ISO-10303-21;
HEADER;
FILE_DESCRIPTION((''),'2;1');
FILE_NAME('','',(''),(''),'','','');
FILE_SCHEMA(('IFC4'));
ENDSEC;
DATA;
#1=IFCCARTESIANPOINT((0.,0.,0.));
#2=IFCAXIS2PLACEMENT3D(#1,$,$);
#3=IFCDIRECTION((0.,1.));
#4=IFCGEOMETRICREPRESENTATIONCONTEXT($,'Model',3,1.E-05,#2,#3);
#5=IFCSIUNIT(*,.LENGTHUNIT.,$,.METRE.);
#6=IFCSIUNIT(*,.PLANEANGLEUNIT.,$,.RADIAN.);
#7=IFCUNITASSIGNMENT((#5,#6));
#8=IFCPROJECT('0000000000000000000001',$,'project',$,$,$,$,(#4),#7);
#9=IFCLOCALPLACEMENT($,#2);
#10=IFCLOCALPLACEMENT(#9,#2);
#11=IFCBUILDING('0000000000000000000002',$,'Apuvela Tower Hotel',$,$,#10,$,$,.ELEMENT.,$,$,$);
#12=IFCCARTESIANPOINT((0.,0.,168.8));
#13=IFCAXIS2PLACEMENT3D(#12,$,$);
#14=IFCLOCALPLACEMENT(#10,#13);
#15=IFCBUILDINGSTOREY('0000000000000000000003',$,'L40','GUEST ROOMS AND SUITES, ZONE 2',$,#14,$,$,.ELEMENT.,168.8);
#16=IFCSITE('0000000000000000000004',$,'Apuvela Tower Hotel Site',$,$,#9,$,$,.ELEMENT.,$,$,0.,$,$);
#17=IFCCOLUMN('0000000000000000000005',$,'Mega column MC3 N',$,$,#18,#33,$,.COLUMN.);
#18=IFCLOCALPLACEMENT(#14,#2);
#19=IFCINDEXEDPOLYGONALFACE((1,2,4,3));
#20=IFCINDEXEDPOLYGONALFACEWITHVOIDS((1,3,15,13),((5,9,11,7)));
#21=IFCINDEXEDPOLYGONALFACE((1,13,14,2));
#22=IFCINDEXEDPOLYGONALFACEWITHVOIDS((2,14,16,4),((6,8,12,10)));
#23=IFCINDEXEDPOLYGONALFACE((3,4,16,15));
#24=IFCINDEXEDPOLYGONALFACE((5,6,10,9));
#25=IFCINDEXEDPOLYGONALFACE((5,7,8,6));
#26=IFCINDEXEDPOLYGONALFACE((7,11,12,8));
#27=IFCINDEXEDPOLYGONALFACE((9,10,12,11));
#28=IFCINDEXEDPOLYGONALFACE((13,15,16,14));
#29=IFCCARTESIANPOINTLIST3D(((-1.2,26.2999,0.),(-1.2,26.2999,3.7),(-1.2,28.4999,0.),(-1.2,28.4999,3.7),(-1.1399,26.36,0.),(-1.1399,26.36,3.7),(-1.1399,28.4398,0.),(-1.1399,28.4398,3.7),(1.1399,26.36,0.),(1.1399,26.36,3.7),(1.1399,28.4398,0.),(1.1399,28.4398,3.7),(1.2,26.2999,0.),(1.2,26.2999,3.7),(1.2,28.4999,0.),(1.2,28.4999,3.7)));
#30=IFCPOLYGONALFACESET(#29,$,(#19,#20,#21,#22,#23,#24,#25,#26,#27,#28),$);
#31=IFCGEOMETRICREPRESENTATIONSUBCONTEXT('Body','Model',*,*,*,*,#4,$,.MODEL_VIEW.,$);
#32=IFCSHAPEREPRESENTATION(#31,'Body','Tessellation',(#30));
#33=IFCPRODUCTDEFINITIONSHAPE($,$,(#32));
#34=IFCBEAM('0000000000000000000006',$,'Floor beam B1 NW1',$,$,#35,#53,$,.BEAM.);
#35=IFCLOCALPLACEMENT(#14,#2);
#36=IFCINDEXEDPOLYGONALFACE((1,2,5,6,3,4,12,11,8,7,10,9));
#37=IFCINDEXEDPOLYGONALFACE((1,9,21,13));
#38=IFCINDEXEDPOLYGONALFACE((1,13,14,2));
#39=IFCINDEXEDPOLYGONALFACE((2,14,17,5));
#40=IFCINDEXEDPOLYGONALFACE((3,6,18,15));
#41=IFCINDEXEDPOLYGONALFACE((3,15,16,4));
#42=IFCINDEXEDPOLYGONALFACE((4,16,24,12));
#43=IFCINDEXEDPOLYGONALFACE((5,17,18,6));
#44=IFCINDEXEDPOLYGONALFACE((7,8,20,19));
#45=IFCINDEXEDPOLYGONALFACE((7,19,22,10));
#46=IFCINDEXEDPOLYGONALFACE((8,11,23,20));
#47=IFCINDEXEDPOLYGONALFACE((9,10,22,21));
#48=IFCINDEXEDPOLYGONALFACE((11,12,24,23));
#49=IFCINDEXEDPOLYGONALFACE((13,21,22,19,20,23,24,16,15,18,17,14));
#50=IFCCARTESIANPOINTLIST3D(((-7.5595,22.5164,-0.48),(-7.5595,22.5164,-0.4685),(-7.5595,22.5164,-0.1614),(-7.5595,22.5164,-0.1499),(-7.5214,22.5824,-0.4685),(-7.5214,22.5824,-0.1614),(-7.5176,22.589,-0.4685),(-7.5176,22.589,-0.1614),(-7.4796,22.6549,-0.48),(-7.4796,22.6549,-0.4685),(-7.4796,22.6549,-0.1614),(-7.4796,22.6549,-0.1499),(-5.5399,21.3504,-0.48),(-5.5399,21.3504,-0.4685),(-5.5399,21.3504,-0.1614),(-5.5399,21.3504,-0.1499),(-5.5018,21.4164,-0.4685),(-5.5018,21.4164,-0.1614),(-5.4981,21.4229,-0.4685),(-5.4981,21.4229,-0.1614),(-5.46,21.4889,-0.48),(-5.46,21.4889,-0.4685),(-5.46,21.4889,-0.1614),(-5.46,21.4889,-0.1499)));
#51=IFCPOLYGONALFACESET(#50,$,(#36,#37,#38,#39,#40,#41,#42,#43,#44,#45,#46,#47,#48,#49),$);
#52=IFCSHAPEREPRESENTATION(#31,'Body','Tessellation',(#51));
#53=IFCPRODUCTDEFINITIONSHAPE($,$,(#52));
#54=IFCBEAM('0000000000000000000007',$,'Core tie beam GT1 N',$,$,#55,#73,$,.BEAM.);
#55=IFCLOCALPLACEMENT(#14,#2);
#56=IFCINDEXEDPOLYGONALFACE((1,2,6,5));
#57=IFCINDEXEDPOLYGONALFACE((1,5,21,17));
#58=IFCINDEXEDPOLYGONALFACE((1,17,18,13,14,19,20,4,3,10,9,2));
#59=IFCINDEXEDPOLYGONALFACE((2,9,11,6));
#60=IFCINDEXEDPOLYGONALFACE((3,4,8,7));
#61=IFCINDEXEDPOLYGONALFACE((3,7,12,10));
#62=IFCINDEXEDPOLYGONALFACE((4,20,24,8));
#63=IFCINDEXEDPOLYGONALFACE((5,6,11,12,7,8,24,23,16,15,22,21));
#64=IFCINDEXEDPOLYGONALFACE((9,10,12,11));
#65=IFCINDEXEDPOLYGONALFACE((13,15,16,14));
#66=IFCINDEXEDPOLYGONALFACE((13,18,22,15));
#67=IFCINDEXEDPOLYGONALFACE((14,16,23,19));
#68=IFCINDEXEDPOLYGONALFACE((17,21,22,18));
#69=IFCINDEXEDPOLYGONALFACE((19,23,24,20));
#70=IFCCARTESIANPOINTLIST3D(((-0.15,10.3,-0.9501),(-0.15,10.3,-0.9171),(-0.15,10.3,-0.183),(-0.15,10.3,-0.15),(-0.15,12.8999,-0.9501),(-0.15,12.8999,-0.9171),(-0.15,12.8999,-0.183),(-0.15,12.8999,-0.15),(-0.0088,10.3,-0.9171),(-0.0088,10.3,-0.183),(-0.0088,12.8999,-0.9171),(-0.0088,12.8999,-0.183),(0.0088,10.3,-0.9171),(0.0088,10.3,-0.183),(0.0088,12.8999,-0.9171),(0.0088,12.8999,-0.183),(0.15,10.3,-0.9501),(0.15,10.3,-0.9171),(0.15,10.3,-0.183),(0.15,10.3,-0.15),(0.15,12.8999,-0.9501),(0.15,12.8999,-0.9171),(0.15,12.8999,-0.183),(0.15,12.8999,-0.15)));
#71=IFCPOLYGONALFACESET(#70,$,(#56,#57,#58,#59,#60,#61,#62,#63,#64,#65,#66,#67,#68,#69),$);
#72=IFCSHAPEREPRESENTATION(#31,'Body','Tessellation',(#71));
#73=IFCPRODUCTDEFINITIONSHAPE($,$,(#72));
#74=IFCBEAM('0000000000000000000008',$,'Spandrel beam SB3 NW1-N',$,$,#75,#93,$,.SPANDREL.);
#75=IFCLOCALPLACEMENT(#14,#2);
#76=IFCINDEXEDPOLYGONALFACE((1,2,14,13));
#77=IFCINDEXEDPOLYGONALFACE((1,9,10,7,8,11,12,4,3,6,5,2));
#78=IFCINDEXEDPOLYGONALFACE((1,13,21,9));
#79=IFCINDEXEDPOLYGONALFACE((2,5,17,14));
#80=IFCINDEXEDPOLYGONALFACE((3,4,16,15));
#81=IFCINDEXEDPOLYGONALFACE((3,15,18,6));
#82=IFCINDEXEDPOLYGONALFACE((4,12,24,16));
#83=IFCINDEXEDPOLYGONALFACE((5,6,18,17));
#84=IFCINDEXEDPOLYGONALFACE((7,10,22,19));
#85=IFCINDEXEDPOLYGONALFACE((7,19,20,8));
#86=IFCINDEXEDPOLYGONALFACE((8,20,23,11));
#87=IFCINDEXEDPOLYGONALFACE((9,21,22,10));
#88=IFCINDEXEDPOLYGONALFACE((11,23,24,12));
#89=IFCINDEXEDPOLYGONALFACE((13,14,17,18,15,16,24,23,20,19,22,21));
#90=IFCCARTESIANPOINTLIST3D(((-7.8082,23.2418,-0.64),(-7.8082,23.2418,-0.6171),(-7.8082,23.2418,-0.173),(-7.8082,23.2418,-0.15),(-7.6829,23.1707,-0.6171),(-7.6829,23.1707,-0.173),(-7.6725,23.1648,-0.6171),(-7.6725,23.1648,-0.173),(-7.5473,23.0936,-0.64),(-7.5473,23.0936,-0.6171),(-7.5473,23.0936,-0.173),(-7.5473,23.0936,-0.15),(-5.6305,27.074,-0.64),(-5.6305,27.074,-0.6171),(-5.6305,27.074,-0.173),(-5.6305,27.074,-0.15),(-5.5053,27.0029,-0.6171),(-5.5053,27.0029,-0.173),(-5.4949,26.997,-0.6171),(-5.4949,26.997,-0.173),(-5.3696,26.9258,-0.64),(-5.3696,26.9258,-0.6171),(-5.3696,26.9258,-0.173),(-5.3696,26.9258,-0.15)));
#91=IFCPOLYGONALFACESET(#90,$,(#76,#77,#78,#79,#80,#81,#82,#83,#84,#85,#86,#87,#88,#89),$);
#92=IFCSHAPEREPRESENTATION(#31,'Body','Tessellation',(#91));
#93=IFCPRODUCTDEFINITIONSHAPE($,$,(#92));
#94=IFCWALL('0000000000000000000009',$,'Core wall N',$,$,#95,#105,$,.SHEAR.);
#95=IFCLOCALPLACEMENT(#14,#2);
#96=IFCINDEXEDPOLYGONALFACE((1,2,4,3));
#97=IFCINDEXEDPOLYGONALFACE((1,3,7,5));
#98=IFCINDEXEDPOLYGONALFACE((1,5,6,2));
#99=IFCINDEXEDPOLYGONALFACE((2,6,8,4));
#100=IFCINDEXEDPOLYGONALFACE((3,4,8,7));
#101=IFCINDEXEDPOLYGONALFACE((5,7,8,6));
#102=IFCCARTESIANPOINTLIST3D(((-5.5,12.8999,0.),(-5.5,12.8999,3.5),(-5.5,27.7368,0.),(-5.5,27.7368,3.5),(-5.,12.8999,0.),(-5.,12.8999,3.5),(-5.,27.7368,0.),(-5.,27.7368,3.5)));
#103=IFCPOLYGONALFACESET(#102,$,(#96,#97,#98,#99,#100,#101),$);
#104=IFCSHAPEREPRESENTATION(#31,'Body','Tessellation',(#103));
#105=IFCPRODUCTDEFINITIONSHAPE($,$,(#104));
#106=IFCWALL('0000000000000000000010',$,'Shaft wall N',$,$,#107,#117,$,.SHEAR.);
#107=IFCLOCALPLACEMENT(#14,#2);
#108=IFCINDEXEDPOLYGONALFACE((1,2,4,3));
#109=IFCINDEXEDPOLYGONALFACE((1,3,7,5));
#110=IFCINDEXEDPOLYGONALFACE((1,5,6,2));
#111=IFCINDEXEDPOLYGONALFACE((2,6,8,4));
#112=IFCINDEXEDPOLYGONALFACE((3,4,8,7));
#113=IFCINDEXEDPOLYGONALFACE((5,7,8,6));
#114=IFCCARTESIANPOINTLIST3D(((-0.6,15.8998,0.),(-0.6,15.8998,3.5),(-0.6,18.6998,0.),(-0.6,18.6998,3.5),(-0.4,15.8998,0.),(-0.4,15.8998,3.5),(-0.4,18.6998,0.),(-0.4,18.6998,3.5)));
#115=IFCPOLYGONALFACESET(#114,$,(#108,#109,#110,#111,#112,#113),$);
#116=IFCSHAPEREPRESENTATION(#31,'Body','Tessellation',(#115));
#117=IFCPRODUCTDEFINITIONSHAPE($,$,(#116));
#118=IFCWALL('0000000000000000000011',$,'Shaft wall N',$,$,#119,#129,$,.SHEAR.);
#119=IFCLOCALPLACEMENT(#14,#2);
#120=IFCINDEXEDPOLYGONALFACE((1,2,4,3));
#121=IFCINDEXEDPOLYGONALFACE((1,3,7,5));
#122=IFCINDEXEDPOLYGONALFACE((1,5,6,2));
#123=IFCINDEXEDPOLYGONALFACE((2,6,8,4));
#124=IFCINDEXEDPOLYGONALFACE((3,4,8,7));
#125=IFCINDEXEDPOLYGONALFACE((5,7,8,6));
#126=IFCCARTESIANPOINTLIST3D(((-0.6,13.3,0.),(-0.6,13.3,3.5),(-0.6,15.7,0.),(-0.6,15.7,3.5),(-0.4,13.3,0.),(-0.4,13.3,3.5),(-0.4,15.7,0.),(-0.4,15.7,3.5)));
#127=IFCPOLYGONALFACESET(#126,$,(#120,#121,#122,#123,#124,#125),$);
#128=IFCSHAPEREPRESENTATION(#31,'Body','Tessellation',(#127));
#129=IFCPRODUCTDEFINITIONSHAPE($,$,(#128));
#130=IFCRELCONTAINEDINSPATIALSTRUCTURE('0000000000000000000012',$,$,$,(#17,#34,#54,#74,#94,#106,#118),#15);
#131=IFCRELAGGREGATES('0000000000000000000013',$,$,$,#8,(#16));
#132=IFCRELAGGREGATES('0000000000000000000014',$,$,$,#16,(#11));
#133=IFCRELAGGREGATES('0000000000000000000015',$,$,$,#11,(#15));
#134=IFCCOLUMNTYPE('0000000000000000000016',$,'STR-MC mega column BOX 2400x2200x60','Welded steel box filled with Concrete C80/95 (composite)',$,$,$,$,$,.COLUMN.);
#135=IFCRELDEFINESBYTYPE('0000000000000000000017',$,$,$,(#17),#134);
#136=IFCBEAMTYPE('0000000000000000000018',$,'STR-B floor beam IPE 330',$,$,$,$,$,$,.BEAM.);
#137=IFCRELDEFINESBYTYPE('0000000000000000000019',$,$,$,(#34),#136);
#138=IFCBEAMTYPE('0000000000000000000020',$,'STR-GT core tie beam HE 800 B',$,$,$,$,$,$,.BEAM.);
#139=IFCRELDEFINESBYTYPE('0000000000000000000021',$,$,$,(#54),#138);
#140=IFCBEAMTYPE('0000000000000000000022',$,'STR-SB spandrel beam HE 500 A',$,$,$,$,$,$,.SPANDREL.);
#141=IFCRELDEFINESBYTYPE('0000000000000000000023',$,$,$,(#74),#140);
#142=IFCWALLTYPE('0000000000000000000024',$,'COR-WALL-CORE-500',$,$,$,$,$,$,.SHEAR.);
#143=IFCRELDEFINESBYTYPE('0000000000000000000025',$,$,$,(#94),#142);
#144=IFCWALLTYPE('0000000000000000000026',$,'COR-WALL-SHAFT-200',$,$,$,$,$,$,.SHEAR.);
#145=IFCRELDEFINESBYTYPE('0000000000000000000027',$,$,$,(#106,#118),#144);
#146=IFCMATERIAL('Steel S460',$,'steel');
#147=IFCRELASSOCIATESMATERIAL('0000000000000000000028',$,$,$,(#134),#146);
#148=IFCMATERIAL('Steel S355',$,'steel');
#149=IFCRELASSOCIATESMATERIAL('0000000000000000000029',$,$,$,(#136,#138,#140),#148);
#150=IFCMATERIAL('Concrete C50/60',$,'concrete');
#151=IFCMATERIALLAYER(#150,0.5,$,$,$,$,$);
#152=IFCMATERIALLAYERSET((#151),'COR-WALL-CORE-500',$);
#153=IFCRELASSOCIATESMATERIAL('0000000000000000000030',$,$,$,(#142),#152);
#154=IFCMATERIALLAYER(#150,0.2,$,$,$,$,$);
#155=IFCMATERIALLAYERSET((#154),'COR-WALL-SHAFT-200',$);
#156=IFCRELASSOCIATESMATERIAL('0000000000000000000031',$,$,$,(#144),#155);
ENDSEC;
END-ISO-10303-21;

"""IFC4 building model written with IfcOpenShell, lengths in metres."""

from ifc_helpers import new_model, si_unit, direction, frame, frame_2d, origin, origin_2d, place, context, subcontext, project, spatial, rectangle, hollow_rectangle, i_section, extrude, material, layer, layer_set, material_profile, profile_set, type_object, element, save


model = new_model("IFC4")

# Units and contexts
model_context = context("Model", 3, precision=1e-05, world=origin(), true_north=direction((0.0, 1.0)))
body_context = subcontext(model_context, "Body", "Model", "MODEL_VIEW")
ifc_project = project(units=[si_unit("LENGTHUNIT", "METRE"), si_unit("PLANEANGLEUNIT", "RADIAN")], contexts=[model_context])

# Site, building, storey
site_placement = place(None, origin())
site = spatial("IfcSite", under=ifc_project, at=site_placement, Name="Apuvela Tower Hotel Site", CompositionType="ELEMENT", RefElevation=0.0)
building_placement = place(site_placement, origin())
building = spatial("IfcBuilding", under=site, at=building_placement, Name="Apuvela Tower Hotel", CompositionType="ELEMENT")
storey_placement = place(building_placement, frame((0.0, 0.0, 168.8)))
storey = spatial("IfcBuildingStorey", under=building, at=storey_placement, Name="L40", Description="GUEST ROOMS AND SUITES, ZONE 2", CompositionType="ELEMENT", Elevation=168.8)

# Column
ifc_material_1 = material(Name="Steel S460", Category="steel")
ifc_material_profile_1 = material_profile(ifc_material_1, hollow_rectangle(XDim=2.3999, YDim=2.2, WallThickness=0.0601, at=origin_2d()), Name="BOX 2400x2200x60")
ifc_material_2 = material(Name="Concrete C80/95", Category="concrete")
ifc_material_profile_2 = material_profile(ifc_material_2, rectangle(XDim=2.28, YDim=2.0801, at=origin_2d()), Name="Concrete C80/95 infill")
ifc_profile_set_1 = profile_set([ifc_material_profile_1, ifc_material_profile_2], Name="Steel S460")
column_type = type_object("IfcColumnType", Name="STR-MC mega column BOX 2400x2200x60", Description="Welded steel box filled with Concrete C80/95 (composite)", PredefinedType="COLUMN", material=ifc_profile_set_1)
column_placement = place(storey_placement, frame((0.0, 27.3999, 0.0), z_axis=(0.0, 0.0, 1.0), x_axis=(1.0, 0.0, 0.0)))
element("IfcColumn", 1, at=column_placement, inside=storey, type_object=column_type, Name="Mega column MC3 N", PredefinedType="COLUMN", context=body_context, shape_type="SweptSolid", body=[
    extrude(hollow_rectangle(XDim=2.3999, YDim=2.2, WallThickness=0.0601, at=origin_2d()), origin(), (0.0, 0.0, 1.0), 3.7),
])

# Beams
ifc_material_3 = material(Name="Steel S355", Category="steel")
ifc_material_profile_3 = material_profile(ifc_material_3, i_section(OverallWidth=0.1599, OverallDepth=0.3301, WebThickness=0.0076, FlangeThickness=0.0115, at=origin_2d()), Name="IPE 330")
ifc_profile_set_2 = profile_set([ifc_material_profile_3], Name="Steel S355")
beam_type_1 = type_object("IfcBeamType", Name="STR-B floor beam IPE 330", PredefinedType="BEAM", material=ifc_profile_set_2)
beam_1_placement = place(storey_placement, frame((-7.5195, 22.5857, -0.3149), z_axis=(0.866018, -0.500012, 0.0), x_axis=(0.500012, 0.866018, 0.0)))
element("IfcBeam", 2, at=beam_1_placement, inside=storey, type_object=beam_type_1, Name="Floor beam B1 NW1", PredefinedType="BEAM", context=body_context, shape_type="SweptSolid", body=[
    extrude(i_section(OverallWidth=0.1599, OverallDepth=0.3301, WebThickness=0.0076, FlangeThickness=0.0115, at=origin_2d()), origin(), (0.0, 0.0, 1.0), 2.332),
])
ifc_material_profile_4 = material_profile(ifc_material_3, i_section(OverallWidth=0.3, OverallDepth=0.8, WebThickness=0.0176, FlangeThickness=0.033, at=origin_2d()), Name="HE 800 B")
ifc_profile_set_3 = profile_set([ifc_material_profile_4], Name="Steel S355")
beam_type_2 = type_object("IfcBeamType", Name="STR-GT core tie beam HE 800 B", PredefinedType="BEAM", material=ifc_profile_set_3)
beam_2_placement = place(storey_placement, frame((0.0, 12.8999, -0.55), z_axis=(0.0, -1.0, 0.0), x_axis=(1.0, 0.0, 0.0)))
element("IfcBeam", 3, at=beam_2_placement, inside=storey, type_object=beam_type_2, Name="Core tie beam GT1 N", PredefinedType="BEAM", context=body_context, shape_type="SweptSolid", body=[
    extrude(i_section(OverallWidth=0.3, OverallDepth=0.8, WebThickness=0.0176, FlangeThickness=0.033, at=origin_2d()), origin(), (0.0, 0.0, 1.0), 2.5999),
])
ifc_material_profile_5 = material_profile(ifc_material_3, i_section(OverallWidth=0.3, OverallDepth=0.49, WebThickness=0.012, FlangeThickness=0.0229, at=origin_2d()), Name="HE 500 A")
ifc_profile_set_4 = profile_set([ifc_material_profile_5], Name="Steel S355")
beam_type_3 = type_object("IfcBeamType", Name="STR-SB spandrel beam HE 500 A", PredefinedType="SPANDREL", material=ifc_profile_set_4)
beam_3_placement = place(storey_placement, frame((-7.6777, 23.1677, -0.395), z_axis=(0.494062, 0.869427, 0.0), x_axis=(-0.869427, 0.494062, 0.0)))
element("IfcBeam", 4, at=beam_3_placement, inside=storey, type_object=beam_type_3, Name="Spandrel beam SB3 NW1-N", PredefinedType="SPANDREL", context=body_context, shape_type="SweptSolid", body=[
    extrude(i_section(OverallWidth=0.3, OverallDepth=0.49, WebThickness=0.012, FlangeThickness=0.0229, at=origin_2d()), origin(), (0.0, 0.0, 1.0), 4.4077),
])

# Walls
ifc_material_4 = material(Name="Concrete C50/60", Category="concrete")
ifc_layer_1 = layer(ifc_material_4, 0.5)
ifc_layer_set_1 = layer_set([ifc_layer_1], Name="COR-WALL-CORE-500")
wall_type_1 = type_object("IfcWallType", Name="COR-WALL-CORE-500", PredefinedType="SHEAR", material=ifc_layer_set_1)
wall_1_placement = place(storey_placement, frame((-5.25, 12.8999, 0.0), z_axis=(0.0, 0.0, 1.0), x_axis=(0.0, 1.0, 0.0)))
element("IfcWall", 5, at=wall_1_placement, inside=storey, type_object=wall_type_1, Name="Core wall N", PredefinedType="SHEAR", context=body_context, shape_type="SweptSolid", body=[
    extrude(rectangle(XDim=14.8369, YDim=0.5, at=frame_2d((7.4185, 0.0))), origin(), (0.0, 0.0, 1.0), 3.5),
])
ifc_layer_2 = layer(ifc_material_4, 0.2)
ifc_layer_set_2 = layer_set([ifc_layer_2], Name="COR-WALL-SHAFT-200")
wall_type_2 = type_object("IfcWallType", Name="COR-WALL-SHAFT-200", PredefinedType="SHEAR", material=ifc_layer_set_2)
wall_2_placement = place(storey_placement, frame((-0.5, 15.8999, 0.0), z_axis=(0.0, 0.0, 1.0), x_axis=(0.0, 1.0, 0.0)))
element("IfcWall", 6, at=wall_2_placement, inside=storey, type_object=wall_type_2, Name="Shaft wall N", PredefinedType="SHEAR", context=body_context, shape_type="SweptSolid", body=[
    extrude(rectangle(XDim=2.8, YDim=0.2, at=frame_2d((1.3999, 0.0))), origin(), (0.0, 0.0, 1.0), 3.5),
])
wall_3_placement = place(storey_placement, frame((-0.5, 13.3, 0.0), z_axis=(0.0, 0.0, 1.0), x_axis=(0.0, 1.0, 0.0)))
element("IfcWall", 7, at=wall_3_placement, inside=storey, type_object=wall_type_2, Name="Shaft wall N", PredefinedType="SHEAR", context=body_context, shape_type="SweptSolid", body=[
    extrude(rectangle(XDim=2.3999, YDim=0.2, at=frame_2d((1.2, 0.0))), origin(), (0.0, 0.0, 1.0), 3.5),
])

save(model, "model.ifc")
